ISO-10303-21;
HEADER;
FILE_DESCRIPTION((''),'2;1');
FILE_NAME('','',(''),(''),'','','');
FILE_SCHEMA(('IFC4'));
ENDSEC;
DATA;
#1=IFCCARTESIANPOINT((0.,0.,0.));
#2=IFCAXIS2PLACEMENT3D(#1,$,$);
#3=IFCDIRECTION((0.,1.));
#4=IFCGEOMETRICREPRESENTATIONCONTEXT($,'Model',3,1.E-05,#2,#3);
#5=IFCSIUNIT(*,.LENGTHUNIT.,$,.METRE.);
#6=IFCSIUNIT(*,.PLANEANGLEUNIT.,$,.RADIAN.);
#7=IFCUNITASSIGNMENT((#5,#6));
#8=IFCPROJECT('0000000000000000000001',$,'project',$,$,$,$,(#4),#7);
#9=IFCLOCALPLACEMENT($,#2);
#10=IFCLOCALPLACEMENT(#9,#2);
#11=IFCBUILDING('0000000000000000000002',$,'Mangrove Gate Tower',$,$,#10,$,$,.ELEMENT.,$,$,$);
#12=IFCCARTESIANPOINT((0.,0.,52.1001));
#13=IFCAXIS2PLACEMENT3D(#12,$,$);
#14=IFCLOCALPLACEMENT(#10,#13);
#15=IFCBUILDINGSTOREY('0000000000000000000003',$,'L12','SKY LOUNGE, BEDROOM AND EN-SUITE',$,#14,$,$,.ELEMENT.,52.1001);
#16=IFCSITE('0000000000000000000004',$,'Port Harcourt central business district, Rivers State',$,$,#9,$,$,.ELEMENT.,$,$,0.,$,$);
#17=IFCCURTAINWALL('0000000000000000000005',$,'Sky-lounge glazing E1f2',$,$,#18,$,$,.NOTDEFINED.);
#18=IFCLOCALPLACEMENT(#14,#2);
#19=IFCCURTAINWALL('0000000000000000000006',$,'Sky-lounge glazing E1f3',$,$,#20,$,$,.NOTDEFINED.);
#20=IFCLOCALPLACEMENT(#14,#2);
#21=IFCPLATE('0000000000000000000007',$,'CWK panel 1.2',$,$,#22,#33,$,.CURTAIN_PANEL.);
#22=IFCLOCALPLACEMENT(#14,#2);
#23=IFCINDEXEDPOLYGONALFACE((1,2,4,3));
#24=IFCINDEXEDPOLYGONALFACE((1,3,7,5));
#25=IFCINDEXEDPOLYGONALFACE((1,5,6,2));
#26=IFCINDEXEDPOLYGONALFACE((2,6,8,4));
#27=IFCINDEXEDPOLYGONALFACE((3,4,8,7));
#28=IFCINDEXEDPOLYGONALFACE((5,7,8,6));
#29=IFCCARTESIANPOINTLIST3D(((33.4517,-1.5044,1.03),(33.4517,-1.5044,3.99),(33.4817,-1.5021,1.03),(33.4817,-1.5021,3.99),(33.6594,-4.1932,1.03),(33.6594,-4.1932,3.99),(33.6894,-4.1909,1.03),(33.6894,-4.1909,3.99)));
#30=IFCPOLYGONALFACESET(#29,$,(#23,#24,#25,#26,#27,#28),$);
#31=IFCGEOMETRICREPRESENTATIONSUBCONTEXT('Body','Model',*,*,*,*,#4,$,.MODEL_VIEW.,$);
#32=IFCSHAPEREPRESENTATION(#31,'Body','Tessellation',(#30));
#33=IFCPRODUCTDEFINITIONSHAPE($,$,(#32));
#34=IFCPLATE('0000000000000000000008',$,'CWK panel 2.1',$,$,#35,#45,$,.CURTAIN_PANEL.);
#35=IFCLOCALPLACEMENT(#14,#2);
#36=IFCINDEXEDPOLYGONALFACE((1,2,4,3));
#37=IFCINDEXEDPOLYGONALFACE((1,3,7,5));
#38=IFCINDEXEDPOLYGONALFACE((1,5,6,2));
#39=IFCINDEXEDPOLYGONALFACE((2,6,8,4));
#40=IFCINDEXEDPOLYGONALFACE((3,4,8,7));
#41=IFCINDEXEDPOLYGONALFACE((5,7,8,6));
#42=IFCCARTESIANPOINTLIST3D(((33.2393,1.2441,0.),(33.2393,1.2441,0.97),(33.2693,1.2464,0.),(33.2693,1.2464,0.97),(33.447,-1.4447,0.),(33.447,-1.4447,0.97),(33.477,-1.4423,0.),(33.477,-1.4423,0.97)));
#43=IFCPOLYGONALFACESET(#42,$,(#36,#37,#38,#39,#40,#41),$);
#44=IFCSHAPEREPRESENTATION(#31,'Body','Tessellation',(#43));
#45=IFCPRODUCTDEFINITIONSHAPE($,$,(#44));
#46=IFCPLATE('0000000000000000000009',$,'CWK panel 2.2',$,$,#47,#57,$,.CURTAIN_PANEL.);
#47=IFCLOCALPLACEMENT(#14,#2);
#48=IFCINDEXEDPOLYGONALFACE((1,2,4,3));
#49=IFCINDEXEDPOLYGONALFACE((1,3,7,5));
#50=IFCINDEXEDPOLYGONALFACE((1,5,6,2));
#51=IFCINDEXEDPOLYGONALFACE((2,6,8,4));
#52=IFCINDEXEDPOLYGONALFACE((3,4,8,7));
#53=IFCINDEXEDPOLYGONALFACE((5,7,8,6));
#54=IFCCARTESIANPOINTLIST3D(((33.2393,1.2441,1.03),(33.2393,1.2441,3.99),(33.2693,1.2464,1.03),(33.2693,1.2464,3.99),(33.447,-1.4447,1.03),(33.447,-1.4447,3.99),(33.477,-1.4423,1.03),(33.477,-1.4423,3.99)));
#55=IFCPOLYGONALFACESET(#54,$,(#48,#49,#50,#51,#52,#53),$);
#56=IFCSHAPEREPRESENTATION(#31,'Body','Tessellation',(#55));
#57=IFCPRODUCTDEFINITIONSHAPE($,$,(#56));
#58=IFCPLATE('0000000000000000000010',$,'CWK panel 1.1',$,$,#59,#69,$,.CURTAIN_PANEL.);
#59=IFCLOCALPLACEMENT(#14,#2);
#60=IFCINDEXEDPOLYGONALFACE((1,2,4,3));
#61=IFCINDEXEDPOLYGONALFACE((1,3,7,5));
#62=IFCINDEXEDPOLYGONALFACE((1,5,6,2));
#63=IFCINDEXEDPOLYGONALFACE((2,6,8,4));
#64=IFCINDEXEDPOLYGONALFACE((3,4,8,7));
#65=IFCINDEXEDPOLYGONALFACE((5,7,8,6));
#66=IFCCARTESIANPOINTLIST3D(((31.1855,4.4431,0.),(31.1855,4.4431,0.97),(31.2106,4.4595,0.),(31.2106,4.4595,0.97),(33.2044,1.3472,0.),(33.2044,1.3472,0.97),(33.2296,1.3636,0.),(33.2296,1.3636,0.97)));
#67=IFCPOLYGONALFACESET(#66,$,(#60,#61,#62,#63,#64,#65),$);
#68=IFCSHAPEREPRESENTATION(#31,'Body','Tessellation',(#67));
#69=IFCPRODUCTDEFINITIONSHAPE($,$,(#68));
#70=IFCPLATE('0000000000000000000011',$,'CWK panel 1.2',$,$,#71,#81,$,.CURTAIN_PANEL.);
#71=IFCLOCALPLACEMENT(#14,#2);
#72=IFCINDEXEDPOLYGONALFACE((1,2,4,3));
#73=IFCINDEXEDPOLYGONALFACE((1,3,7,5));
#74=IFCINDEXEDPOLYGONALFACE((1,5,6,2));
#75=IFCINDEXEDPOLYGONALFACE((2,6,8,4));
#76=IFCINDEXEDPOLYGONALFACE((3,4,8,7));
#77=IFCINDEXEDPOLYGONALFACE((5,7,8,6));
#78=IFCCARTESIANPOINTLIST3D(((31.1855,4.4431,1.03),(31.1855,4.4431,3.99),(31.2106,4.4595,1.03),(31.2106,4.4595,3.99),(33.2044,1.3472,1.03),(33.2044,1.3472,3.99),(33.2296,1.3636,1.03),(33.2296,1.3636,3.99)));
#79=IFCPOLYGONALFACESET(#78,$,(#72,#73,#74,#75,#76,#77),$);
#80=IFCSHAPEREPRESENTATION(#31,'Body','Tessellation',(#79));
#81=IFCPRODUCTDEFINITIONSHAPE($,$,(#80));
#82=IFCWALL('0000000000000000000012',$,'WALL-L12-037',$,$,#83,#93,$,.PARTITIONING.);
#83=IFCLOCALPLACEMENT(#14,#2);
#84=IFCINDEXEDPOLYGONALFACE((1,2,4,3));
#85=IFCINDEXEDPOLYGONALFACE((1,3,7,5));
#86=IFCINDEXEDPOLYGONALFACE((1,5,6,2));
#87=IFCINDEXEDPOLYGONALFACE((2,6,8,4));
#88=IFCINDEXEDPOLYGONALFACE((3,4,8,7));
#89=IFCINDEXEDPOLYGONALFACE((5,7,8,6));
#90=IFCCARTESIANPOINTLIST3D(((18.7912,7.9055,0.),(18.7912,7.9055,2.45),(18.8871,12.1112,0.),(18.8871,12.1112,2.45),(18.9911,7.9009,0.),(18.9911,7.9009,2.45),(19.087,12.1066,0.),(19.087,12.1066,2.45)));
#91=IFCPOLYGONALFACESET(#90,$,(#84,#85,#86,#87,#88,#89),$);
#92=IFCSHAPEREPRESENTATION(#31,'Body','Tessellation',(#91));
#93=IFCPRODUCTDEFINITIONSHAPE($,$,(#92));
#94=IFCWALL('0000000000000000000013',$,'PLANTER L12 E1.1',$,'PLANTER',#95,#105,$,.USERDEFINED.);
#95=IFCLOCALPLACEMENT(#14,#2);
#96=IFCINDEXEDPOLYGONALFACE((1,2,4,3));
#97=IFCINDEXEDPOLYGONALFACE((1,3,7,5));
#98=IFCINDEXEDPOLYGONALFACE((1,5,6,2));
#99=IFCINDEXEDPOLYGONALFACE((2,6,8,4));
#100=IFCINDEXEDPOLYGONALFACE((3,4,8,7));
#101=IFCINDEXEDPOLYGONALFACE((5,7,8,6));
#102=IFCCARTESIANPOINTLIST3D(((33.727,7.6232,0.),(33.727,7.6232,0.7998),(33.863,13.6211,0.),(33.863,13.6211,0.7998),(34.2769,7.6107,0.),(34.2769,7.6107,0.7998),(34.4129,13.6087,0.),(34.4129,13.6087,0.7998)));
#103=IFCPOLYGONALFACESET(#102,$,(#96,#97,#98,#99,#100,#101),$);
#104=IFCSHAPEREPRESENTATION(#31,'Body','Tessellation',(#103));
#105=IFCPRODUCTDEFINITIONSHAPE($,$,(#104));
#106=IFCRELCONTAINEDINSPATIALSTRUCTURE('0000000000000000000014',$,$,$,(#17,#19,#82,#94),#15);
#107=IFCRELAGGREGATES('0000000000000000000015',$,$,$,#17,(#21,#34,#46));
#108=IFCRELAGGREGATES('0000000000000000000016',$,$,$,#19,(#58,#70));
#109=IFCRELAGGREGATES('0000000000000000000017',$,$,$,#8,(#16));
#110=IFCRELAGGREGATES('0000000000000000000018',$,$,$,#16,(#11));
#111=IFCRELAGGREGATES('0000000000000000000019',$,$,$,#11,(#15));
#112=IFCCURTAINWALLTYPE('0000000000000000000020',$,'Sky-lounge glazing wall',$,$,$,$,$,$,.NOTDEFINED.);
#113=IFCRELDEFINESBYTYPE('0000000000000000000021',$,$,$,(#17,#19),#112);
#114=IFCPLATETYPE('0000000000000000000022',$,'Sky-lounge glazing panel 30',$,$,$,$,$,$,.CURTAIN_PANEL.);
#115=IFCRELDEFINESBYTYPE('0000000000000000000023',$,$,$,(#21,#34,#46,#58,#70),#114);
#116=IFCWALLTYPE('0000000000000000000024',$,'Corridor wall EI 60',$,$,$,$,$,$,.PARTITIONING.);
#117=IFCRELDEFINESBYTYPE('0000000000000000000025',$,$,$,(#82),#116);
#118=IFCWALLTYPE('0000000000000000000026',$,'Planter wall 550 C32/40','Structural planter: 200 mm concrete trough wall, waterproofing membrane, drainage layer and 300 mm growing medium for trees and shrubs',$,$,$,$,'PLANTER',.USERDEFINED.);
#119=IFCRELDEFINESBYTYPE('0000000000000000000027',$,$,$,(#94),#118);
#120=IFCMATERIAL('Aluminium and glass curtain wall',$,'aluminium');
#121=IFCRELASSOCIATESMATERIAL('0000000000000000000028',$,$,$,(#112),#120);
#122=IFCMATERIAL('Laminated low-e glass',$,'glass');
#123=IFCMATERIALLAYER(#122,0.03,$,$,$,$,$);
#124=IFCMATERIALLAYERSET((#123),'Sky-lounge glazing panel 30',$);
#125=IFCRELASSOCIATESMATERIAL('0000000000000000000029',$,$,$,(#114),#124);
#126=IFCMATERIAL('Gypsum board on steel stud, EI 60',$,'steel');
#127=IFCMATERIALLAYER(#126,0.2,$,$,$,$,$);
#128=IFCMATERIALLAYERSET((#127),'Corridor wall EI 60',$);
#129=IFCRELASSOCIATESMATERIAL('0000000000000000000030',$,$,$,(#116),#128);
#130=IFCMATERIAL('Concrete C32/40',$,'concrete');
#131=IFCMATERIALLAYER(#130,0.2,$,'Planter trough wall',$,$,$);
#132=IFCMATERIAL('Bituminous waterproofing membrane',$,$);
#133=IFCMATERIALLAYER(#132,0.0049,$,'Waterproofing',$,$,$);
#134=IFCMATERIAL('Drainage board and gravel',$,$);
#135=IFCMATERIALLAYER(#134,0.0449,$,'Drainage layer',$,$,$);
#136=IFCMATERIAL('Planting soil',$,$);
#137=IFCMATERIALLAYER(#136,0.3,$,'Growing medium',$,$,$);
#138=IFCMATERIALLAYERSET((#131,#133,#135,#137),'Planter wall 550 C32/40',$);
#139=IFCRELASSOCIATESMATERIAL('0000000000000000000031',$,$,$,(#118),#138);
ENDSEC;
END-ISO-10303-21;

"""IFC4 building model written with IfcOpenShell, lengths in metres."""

from ifc_helpers import new_model, si_unit, direction, frame, frame_2d, origin, origin_2d, place, context, subcontext, project, spatial, rectangle, extrude, material, layer, layer_set, type_object, element, aggregate, save


model = new_model("IFC4")

# Units and contexts
model_context = context("Model", 3, precision=1e-05, world=origin(), true_north=direction((0.0, 1.0)))
body_context = subcontext(model_context, "Body", "Model", "MODEL_VIEW")
ifc_project = project(units=[si_unit("LENGTHUNIT", "METRE"), si_unit("PLANEANGLEUNIT", "RADIAN")], contexts=[model_context])

# Site, building, storey
site_placement = place(None, origin())
site = spatial("IfcSite", under=ifc_project, at=site_placement, Name="Port Harcourt central business district, Rivers State", CompositionType="ELEMENT", RefElevation=0.0)
building_placement = place(site_placement, origin())
building = spatial("IfcBuilding", under=site, at=building_placement, Name="Mangrove Gate Tower", CompositionType="ELEMENT")
storey_placement = place(building_placement, frame((0.0, 0.0, 52.1001)))
storey = spatial("IfcBuildingStorey", under=building, at=storey_placement, Name="L12", Description="SKY LOUNGE, BEDROOM AND EN-SUITE", CompositionType="ELEMENT", Elevation=52.1001)

# Curtain walls
ifc_material_1 = material(Name="Aluminium and glass curtain wall", Category="aluminium")
curtain_wall_type = type_object("IfcCurtainWallType", Name="Sky-lounge glazing wall", PredefinedType="NOTDEFINED", material=ifc_material_1)
curtain_wall_1_placement = place(storey_placement, origin())
curtain_wall_1 = element("IfcCurtainWall", 1, at=curtain_wall_1_placement, inside=storey, type_object=curtain_wall_type, Name="Sky-lounge glazing E1f2", PredefinedType="NOTDEFINED")
curtain_wall_2_placement = place(storey_placement, origin())
curtain_wall_2 = element("IfcCurtainWall", 2, at=curtain_wall_2_placement, inside=storey, type_object=curtain_wall_type, Name="Sky-lounge glazing E1f3", PredefinedType="NOTDEFINED")

# Plates
ifc_material_2 = material(Name="Laminated low-e glass", Category="glass")
ifc_layer_1 = layer(ifc_material_2, 0.03)
ifc_layer_set_1 = layer_set([ifc_layer_1], Name="Sky-lounge glazing panel 30")
plate_type = type_object("IfcPlateType", Name="Sky-lounge glazing panel 30", PredefinedType="CURTAIN_PANEL", material=ifc_layer_set_1)
plate_1_placement = place(storey_placement, frame((33.5706, -2.8477, 1.03), z_axis=(0.0, 0.0, 1.0), x_axis=(-0.077023, 0.997029, 0.0)))
plate_1 = element("IfcPlate", 3, at=plate_1_placement, type_object=plate_type, Name="CWK panel 1.2", PredefinedType="CURTAIN_PANEL", context=body_context, shape_type="SweptSolid", body=[
    extrude(rectangle(XDim=2.6968, YDim=0.03, at=origin_2d()), origin(), (0.0, 0.0, 1.0), 2.96),
])
plate_2_placement = place(storey_placement, frame((33.3582, -0.0991, 0.0), z_axis=(0.0, 0.0, 1.0), x_axis=(-0.077023, 0.997029, 0.0)))
plate_2 = element("IfcPlate", 4, at=plate_2_placement, type_object=plate_type, Name="CWK panel 2.1", PredefinedType="CURTAIN_PANEL", context=body_context, shape_type="SweptSolid", body=[
    extrude(rectangle(XDim=2.6968, YDim=0.03, at=origin_2d()), origin(), (0.0, 0.0, 1.0), 0.97),
])
plate_3_placement = place(storey_placement, frame((33.3582, -0.0991, 1.03), z_axis=(0.0, 0.0, 1.0), x_axis=(-0.077023, 0.997029, 0.0)))
plate_3 = element("IfcPlate", 5, at=plate_3_placement, type_object=plate_type, Name="CWK panel 2.2", PredefinedType="CURTAIN_PANEL", context=body_context, shape_type="SweptSolid", body=[
    extrude(rectangle(XDim=2.6968, YDim=0.03, at=origin_2d()), origin(), (0.0, 0.0, 1.0), 2.96),
])
aggregate(curtain_wall_1, [plate_1, plate_2, plate_3])
plate_4_placement = place(storey_placement, frame((32.2075, 2.9033, 0.0), z_axis=(0.0, 0.0, 1.0), x_axis=(-0.546235, 0.837632, 0.0)))
plate_4 = element("IfcPlate", 6, at=plate_4_placement, type_object=plate_type, Name="CWK panel 1.1", PredefinedType="CURTAIN_PANEL", context=body_context, shape_type="SweptSolid", body=[
    extrude(rectangle(XDim=3.696, YDim=0.03, at=origin_2d()), origin(), (0.0, 0.0, 1.0), 0.97),
])
plate_5_placement = place(storey_placement, frame((32.2075, 2.9033, 1.03), z_axis=(0.0, 0.0, 1.0), x_axis=(-0.546235, 0.837632, 0.0)))
plate_5 = element("IfcPlate", 7, at=plate_5_placement, type_object=plate_type, Name="CWK panel 1.2", PredefinedType="CURTAIN_PANEL", context=body_context, shape_type="SweptSolid", body=[
    extrude(rectangle(XDim=3.696, YDim=0.03, at=origin_2d()), origin(), (0.0, 0.0, 1.0), 2.96),
])
aggregate(curtain_wall_2, [plate_4, plate_5])

# Wall
ifc_material_3 = material(Name="Gypsum board on steel stud, EI 60", Category="steel")
ifc_layer_2 = layer(ifc_material_3, 0.2)
ifc_layer_set_2 = layer_set([ifc_layer_2], Name="Corridor wall EI 60")
wall_type_1 = type_object("IfcWallType", Name="Corridor wall EI 60", PredefinedType="PARTITIONING", material=ifc_layer_set_2)
wall_1_placement = place(storey_placement, frame((18.8911, 7.9031, 0.0), z_axis=(0.0, 0.0, 1.0), x_axis=(0.022807, 0.99974, 0.0)))
element("IfcWall", 8, at=wall_1_placement, inside=storey, type_object=wall_type_1, Name="WALL-L12-037", PredefinedType="PARTITIONING", context=body_context, shape_type="SweptSolid", body=[
    extrude(rectangle(XDim=4.2068, YDim=0.2, at=frame_2d((2.1035, 0.0))), origin(), (0.0, 0.0, 1.0), 2.45),
])

# Wall
ifc_material_4 = material(Name="Concrete C32/40", Category="concrete")
ifc_layer_3 = layer(ifc_material_4, 0.2, Name="Planter trough wall")
ifc_material_5 = material(Name="Bituminous waterproofing membrane")
ifc_layer_4 = layer(ifc_material_5, 0.0049, Name="Waterproofing")
ifc_material_6 = material(Name="Drainage board and gravel")
ifc_layer_5 = layer(ifc_material_6, 0.0449, Name="Drainage layer")
ifc_material_7 = material(Name="Planting soil")
ifc_layer_6 = layer(ifc_material_7, 0.3, Name="Growing medium")
ifc_layer_set_3 = layer_set([ifc_layer_3, ifc_layer_4, ifc_layer_5, ifc_layer_6], Name="Planter wall 550 C32/40")
wall_type_2 = type_object("IfcWallType", Name="Planter wall 550 C32/40", Description="Structural planter: 200 mm concrete trough wall, waterproofing membrane, drainage layer and 300 mm growing medium for trees and shrubs", ElementType="PLANTER", PredefinedType="USERDEFINED", material=ifc_layer_set_3)
wall_2_placement = place(storey_placement, frame((34.002, 7.6169, 0.0), z_axis=(0.0, 0.0, 1.0), x_axis=(0.022666, 0.999743, 0.0)))
element("IfcWall", 9, at=wall_2_placement, inside=storey, type_object=wall_type_2, Name="PLANTER L12 E1.1", ObjectType="PLANTER", PredefinedType="USERDEFINED", context=body_context, shape_type="SweptSolid", body=[
    extrude(rectangle(XDim=5.9995, YDim=0.55, at=frame_2d((2.9998, 0.0))), origin(), (0.0, 0.0, 1.0), 0.7998),
])

save(model, "model.ifc")
